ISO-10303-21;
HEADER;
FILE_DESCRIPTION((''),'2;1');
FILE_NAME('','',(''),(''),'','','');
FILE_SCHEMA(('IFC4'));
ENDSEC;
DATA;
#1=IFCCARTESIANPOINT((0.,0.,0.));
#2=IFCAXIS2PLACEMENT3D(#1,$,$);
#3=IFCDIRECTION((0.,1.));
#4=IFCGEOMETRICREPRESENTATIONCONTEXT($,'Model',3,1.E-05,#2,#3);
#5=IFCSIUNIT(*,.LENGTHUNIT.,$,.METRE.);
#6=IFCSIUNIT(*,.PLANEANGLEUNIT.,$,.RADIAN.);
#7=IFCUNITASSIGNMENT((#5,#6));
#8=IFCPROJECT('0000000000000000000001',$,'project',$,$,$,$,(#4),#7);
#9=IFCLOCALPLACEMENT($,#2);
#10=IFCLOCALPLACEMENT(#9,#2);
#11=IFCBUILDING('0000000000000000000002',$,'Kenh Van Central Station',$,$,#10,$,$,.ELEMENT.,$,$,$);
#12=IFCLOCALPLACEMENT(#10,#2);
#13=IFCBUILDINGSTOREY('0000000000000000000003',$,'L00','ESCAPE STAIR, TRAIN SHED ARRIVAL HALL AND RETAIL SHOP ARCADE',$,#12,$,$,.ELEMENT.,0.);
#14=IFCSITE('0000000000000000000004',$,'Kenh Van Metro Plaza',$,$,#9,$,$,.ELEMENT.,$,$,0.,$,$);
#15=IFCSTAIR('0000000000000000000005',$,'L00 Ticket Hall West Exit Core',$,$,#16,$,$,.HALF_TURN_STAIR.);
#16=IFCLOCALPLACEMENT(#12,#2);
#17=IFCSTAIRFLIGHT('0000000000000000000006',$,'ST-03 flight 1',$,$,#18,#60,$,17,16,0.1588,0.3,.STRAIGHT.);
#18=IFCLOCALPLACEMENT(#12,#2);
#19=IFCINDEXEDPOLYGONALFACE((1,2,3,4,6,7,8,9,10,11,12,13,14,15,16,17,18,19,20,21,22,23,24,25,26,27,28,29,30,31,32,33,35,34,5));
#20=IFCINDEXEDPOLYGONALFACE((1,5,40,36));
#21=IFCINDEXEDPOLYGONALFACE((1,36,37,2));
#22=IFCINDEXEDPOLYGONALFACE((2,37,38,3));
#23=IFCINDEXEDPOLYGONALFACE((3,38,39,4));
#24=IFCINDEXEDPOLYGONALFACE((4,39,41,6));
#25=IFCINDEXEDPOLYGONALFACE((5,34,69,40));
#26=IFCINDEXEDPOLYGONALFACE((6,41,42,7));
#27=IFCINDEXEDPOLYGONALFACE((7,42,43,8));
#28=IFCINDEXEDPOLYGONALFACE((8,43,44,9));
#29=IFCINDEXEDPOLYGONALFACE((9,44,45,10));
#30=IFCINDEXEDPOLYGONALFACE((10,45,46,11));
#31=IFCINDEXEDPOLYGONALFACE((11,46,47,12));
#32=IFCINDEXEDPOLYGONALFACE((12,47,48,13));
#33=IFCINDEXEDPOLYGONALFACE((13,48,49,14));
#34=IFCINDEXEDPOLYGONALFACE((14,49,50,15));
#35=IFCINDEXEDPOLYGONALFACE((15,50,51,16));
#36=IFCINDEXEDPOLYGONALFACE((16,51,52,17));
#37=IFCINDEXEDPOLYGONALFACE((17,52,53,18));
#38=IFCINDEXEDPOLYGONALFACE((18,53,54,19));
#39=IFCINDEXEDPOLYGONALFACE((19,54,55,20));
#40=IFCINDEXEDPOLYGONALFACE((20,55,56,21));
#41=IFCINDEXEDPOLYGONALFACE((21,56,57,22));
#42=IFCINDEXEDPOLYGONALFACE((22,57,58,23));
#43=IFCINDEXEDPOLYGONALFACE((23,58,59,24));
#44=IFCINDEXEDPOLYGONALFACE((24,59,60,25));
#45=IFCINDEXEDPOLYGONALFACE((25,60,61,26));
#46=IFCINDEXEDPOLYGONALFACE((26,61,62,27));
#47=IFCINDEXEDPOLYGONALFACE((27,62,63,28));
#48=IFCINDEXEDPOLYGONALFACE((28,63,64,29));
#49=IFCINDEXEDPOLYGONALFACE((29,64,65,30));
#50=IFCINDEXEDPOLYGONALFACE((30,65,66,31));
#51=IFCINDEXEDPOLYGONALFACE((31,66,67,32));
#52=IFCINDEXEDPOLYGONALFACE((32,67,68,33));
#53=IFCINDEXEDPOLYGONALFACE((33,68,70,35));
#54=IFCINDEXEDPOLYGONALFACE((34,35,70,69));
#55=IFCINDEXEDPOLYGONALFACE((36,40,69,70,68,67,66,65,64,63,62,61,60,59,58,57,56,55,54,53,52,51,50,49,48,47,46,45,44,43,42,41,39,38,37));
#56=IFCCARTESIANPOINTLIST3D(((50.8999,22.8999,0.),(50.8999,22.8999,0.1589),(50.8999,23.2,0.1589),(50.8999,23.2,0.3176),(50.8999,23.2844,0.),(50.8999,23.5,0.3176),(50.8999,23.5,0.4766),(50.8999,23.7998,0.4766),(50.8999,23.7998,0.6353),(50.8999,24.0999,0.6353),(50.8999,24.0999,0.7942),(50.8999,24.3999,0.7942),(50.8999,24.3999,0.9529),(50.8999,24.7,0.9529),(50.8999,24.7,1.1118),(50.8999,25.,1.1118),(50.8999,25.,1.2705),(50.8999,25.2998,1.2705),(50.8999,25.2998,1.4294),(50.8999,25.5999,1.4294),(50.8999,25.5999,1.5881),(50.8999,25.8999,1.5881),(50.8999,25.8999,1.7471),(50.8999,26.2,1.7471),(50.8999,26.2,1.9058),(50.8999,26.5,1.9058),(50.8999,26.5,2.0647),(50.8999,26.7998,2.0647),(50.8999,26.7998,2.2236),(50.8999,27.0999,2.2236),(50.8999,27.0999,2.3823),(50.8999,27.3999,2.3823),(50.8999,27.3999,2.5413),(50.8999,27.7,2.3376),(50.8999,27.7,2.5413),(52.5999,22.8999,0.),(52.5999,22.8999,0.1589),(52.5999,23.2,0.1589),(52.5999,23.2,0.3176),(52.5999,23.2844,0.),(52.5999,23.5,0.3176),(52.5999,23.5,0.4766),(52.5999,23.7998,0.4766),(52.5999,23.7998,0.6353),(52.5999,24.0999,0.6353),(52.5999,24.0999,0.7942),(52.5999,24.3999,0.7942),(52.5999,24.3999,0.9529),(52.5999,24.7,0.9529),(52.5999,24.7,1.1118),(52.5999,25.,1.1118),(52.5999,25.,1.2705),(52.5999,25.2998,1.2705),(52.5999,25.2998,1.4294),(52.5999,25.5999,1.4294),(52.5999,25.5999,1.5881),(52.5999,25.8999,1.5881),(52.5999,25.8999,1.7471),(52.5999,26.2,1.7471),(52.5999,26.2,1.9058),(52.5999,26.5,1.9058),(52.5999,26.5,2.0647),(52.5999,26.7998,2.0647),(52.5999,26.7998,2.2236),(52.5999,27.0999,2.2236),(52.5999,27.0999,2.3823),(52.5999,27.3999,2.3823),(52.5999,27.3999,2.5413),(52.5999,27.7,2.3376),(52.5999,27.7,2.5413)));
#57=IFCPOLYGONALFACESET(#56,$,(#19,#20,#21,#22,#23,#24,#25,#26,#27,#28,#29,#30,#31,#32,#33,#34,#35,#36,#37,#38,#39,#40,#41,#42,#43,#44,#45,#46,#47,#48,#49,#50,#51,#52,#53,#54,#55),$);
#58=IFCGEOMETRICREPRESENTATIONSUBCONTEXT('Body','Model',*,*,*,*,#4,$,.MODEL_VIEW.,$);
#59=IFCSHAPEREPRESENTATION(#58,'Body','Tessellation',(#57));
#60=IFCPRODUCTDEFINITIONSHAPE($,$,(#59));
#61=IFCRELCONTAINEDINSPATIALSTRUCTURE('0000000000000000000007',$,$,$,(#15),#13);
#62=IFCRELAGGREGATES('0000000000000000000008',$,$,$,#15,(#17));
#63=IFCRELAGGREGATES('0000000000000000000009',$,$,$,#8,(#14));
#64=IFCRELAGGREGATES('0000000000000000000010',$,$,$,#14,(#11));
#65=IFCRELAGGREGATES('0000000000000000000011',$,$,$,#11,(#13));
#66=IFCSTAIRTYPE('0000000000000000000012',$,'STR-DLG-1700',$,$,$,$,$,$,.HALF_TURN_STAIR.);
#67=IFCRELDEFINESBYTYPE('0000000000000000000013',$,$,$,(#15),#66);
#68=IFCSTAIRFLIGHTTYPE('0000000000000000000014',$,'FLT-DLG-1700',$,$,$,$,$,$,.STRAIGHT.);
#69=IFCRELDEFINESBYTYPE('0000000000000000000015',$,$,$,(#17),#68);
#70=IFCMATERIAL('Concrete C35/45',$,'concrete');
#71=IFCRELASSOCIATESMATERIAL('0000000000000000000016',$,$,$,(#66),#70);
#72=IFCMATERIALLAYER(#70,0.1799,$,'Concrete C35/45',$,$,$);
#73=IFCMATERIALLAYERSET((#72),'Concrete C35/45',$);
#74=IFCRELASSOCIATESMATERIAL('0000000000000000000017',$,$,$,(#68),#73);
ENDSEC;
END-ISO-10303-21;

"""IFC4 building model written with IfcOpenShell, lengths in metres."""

from ifc_helpers import new_model, si_unit, direction, frame, origin, place, context, subcontext, project, spatial, polyline, outline, extrude, material, layer, layer_set, type_object, element, aggregate, save


model = new_model("IFC4")

# Units and contexts
model_context = context("Model", 3, precision=1e-05, world=origin(), true_north=direction((0.0, 1.0)))
body_context = subcontext(model_context, "Body", "Model", "MODEL_VIEW")
ifc_project = project(units=[si_unit("LENGTHUNIT", "METRE"), si_unit("PLANEANGLEUNIT", "RADIAN")], contexts=[model_context])

# Site, building, storey
site_placement = place(None, origin())
site = spatial("IfcSite", under=ifc_project, at=site_placement, Name="Kenh Van Metro Plaza", CompositionType="ELEMENT", RefElevation=0.0)
building_placement = place(site_placement, origin())
building = spatial("IfcBuilding", under=site, at=building_placement, Name="Kenh Van Central Station", CompositionType="ELEMENT")
storey_placement = place(building_placement, origin())
storey = spatial("IfcBuildingStorey", under=building, at=storey_placement, Name="L00", Description="ESCAPE STAIR, TRAIN SHED ARRIVAL HALL AND RETAIL SHOP ARCADE", CompositionType="ELEMENT", Elevation=0.0)

# Shared definitions
ifc_material_1 = material(Name="Concrete C35/45", Category="concrete")

# Stair, stair flight
stair_type = type_object("IfcStairType", Name="STR-DLG-1700", PredefinedType="HALF_TURN_STAIR", material=ifc_material_1)
stair_placement = place(storey_placement, origin())
stair = element("IfcStair", 1, at=stair_placement, inside=storey, type_object=stair_type, Name="L00 Ticket Hall West Exit Core", PredefinedType="HALF_TURN_STAIR")
ifc_layer_1 = layer(ifc_material_1, 0.1799, Name="Concrete C35/45")
ifc_layer_set_1 = layer_set([ifc_layer_1], Name="Concrete C35/45")
stair_flight_type = type_object("IfcStairFlightType", Name="FLT-DLG-1700", PredefinedType="STRAIGHT", material=ifc_layer_set_1)
stair_flight_placement = place(storey_placement, frame((51.75, 22.8999, 0.0), z_axis=(0.0, 0.0, 1.0), x_axis=(0.0, 1.0, 0.0)))
stair_flight = element("IfcStairFlight", 2, at=stair_flight_placement, type_object=stair_flight_type, Name="ST-03 flight 1", NumberOfRisers=17, NumberOfTreads=16, PredefinedType="STRAIGHT", RiserHeight=0.1588, TreadLength=0.3, context=body_context, shape_type="SweptSolid", body=[
    extrude(outline(polyline([(0.0, 0.0), (0.0, 0.1589), (0.3, 0.1589), (0.3, 0.3176), (0.6001, 0.3176), (0.6001, 0.4766), (0.8999, 0.4766), (0.8999, 0.6353), (1.2, 0.6353), (1.2, 0.7942), (1.5, 0.7942), (1.5, 0.9529), (1.8, 0.9529), (1.8, 1.1118), (2.1001, 1.1118), (2.1001, 1.2705), (2.3999, 1.2705), (2.3999, 1.4294), (2.7, 1.4294), (2.7, 1.5881), (3.0, 1.5881), (3.0, 1.7471), (3.3, 1.7471), (3.3, 1.9058), (3.6001, 1.9058), (3.6001, 2.0647), (3.8999, 2.0647), (3.8999, 2.2236), (4.2, 2.2236), (4.2, 2.3823), (4.5, 2.3823), (4.5, 2.5413), (4.8, 2.5413), (4.8, 2.7), (4.8, 2.3376), (0.3845, 0.0), (0.0, 0.0)])), frame((0.0, 0.8501, 0.0), z_axis=(0.0, -1.0, 0.0), x_axis=(1.0, 0.0, 0.0)), (0.0, 0.0, 1.0), 1.7),
])
aggregate(stair, [stair_flight])

save(model, "model.ifc")
